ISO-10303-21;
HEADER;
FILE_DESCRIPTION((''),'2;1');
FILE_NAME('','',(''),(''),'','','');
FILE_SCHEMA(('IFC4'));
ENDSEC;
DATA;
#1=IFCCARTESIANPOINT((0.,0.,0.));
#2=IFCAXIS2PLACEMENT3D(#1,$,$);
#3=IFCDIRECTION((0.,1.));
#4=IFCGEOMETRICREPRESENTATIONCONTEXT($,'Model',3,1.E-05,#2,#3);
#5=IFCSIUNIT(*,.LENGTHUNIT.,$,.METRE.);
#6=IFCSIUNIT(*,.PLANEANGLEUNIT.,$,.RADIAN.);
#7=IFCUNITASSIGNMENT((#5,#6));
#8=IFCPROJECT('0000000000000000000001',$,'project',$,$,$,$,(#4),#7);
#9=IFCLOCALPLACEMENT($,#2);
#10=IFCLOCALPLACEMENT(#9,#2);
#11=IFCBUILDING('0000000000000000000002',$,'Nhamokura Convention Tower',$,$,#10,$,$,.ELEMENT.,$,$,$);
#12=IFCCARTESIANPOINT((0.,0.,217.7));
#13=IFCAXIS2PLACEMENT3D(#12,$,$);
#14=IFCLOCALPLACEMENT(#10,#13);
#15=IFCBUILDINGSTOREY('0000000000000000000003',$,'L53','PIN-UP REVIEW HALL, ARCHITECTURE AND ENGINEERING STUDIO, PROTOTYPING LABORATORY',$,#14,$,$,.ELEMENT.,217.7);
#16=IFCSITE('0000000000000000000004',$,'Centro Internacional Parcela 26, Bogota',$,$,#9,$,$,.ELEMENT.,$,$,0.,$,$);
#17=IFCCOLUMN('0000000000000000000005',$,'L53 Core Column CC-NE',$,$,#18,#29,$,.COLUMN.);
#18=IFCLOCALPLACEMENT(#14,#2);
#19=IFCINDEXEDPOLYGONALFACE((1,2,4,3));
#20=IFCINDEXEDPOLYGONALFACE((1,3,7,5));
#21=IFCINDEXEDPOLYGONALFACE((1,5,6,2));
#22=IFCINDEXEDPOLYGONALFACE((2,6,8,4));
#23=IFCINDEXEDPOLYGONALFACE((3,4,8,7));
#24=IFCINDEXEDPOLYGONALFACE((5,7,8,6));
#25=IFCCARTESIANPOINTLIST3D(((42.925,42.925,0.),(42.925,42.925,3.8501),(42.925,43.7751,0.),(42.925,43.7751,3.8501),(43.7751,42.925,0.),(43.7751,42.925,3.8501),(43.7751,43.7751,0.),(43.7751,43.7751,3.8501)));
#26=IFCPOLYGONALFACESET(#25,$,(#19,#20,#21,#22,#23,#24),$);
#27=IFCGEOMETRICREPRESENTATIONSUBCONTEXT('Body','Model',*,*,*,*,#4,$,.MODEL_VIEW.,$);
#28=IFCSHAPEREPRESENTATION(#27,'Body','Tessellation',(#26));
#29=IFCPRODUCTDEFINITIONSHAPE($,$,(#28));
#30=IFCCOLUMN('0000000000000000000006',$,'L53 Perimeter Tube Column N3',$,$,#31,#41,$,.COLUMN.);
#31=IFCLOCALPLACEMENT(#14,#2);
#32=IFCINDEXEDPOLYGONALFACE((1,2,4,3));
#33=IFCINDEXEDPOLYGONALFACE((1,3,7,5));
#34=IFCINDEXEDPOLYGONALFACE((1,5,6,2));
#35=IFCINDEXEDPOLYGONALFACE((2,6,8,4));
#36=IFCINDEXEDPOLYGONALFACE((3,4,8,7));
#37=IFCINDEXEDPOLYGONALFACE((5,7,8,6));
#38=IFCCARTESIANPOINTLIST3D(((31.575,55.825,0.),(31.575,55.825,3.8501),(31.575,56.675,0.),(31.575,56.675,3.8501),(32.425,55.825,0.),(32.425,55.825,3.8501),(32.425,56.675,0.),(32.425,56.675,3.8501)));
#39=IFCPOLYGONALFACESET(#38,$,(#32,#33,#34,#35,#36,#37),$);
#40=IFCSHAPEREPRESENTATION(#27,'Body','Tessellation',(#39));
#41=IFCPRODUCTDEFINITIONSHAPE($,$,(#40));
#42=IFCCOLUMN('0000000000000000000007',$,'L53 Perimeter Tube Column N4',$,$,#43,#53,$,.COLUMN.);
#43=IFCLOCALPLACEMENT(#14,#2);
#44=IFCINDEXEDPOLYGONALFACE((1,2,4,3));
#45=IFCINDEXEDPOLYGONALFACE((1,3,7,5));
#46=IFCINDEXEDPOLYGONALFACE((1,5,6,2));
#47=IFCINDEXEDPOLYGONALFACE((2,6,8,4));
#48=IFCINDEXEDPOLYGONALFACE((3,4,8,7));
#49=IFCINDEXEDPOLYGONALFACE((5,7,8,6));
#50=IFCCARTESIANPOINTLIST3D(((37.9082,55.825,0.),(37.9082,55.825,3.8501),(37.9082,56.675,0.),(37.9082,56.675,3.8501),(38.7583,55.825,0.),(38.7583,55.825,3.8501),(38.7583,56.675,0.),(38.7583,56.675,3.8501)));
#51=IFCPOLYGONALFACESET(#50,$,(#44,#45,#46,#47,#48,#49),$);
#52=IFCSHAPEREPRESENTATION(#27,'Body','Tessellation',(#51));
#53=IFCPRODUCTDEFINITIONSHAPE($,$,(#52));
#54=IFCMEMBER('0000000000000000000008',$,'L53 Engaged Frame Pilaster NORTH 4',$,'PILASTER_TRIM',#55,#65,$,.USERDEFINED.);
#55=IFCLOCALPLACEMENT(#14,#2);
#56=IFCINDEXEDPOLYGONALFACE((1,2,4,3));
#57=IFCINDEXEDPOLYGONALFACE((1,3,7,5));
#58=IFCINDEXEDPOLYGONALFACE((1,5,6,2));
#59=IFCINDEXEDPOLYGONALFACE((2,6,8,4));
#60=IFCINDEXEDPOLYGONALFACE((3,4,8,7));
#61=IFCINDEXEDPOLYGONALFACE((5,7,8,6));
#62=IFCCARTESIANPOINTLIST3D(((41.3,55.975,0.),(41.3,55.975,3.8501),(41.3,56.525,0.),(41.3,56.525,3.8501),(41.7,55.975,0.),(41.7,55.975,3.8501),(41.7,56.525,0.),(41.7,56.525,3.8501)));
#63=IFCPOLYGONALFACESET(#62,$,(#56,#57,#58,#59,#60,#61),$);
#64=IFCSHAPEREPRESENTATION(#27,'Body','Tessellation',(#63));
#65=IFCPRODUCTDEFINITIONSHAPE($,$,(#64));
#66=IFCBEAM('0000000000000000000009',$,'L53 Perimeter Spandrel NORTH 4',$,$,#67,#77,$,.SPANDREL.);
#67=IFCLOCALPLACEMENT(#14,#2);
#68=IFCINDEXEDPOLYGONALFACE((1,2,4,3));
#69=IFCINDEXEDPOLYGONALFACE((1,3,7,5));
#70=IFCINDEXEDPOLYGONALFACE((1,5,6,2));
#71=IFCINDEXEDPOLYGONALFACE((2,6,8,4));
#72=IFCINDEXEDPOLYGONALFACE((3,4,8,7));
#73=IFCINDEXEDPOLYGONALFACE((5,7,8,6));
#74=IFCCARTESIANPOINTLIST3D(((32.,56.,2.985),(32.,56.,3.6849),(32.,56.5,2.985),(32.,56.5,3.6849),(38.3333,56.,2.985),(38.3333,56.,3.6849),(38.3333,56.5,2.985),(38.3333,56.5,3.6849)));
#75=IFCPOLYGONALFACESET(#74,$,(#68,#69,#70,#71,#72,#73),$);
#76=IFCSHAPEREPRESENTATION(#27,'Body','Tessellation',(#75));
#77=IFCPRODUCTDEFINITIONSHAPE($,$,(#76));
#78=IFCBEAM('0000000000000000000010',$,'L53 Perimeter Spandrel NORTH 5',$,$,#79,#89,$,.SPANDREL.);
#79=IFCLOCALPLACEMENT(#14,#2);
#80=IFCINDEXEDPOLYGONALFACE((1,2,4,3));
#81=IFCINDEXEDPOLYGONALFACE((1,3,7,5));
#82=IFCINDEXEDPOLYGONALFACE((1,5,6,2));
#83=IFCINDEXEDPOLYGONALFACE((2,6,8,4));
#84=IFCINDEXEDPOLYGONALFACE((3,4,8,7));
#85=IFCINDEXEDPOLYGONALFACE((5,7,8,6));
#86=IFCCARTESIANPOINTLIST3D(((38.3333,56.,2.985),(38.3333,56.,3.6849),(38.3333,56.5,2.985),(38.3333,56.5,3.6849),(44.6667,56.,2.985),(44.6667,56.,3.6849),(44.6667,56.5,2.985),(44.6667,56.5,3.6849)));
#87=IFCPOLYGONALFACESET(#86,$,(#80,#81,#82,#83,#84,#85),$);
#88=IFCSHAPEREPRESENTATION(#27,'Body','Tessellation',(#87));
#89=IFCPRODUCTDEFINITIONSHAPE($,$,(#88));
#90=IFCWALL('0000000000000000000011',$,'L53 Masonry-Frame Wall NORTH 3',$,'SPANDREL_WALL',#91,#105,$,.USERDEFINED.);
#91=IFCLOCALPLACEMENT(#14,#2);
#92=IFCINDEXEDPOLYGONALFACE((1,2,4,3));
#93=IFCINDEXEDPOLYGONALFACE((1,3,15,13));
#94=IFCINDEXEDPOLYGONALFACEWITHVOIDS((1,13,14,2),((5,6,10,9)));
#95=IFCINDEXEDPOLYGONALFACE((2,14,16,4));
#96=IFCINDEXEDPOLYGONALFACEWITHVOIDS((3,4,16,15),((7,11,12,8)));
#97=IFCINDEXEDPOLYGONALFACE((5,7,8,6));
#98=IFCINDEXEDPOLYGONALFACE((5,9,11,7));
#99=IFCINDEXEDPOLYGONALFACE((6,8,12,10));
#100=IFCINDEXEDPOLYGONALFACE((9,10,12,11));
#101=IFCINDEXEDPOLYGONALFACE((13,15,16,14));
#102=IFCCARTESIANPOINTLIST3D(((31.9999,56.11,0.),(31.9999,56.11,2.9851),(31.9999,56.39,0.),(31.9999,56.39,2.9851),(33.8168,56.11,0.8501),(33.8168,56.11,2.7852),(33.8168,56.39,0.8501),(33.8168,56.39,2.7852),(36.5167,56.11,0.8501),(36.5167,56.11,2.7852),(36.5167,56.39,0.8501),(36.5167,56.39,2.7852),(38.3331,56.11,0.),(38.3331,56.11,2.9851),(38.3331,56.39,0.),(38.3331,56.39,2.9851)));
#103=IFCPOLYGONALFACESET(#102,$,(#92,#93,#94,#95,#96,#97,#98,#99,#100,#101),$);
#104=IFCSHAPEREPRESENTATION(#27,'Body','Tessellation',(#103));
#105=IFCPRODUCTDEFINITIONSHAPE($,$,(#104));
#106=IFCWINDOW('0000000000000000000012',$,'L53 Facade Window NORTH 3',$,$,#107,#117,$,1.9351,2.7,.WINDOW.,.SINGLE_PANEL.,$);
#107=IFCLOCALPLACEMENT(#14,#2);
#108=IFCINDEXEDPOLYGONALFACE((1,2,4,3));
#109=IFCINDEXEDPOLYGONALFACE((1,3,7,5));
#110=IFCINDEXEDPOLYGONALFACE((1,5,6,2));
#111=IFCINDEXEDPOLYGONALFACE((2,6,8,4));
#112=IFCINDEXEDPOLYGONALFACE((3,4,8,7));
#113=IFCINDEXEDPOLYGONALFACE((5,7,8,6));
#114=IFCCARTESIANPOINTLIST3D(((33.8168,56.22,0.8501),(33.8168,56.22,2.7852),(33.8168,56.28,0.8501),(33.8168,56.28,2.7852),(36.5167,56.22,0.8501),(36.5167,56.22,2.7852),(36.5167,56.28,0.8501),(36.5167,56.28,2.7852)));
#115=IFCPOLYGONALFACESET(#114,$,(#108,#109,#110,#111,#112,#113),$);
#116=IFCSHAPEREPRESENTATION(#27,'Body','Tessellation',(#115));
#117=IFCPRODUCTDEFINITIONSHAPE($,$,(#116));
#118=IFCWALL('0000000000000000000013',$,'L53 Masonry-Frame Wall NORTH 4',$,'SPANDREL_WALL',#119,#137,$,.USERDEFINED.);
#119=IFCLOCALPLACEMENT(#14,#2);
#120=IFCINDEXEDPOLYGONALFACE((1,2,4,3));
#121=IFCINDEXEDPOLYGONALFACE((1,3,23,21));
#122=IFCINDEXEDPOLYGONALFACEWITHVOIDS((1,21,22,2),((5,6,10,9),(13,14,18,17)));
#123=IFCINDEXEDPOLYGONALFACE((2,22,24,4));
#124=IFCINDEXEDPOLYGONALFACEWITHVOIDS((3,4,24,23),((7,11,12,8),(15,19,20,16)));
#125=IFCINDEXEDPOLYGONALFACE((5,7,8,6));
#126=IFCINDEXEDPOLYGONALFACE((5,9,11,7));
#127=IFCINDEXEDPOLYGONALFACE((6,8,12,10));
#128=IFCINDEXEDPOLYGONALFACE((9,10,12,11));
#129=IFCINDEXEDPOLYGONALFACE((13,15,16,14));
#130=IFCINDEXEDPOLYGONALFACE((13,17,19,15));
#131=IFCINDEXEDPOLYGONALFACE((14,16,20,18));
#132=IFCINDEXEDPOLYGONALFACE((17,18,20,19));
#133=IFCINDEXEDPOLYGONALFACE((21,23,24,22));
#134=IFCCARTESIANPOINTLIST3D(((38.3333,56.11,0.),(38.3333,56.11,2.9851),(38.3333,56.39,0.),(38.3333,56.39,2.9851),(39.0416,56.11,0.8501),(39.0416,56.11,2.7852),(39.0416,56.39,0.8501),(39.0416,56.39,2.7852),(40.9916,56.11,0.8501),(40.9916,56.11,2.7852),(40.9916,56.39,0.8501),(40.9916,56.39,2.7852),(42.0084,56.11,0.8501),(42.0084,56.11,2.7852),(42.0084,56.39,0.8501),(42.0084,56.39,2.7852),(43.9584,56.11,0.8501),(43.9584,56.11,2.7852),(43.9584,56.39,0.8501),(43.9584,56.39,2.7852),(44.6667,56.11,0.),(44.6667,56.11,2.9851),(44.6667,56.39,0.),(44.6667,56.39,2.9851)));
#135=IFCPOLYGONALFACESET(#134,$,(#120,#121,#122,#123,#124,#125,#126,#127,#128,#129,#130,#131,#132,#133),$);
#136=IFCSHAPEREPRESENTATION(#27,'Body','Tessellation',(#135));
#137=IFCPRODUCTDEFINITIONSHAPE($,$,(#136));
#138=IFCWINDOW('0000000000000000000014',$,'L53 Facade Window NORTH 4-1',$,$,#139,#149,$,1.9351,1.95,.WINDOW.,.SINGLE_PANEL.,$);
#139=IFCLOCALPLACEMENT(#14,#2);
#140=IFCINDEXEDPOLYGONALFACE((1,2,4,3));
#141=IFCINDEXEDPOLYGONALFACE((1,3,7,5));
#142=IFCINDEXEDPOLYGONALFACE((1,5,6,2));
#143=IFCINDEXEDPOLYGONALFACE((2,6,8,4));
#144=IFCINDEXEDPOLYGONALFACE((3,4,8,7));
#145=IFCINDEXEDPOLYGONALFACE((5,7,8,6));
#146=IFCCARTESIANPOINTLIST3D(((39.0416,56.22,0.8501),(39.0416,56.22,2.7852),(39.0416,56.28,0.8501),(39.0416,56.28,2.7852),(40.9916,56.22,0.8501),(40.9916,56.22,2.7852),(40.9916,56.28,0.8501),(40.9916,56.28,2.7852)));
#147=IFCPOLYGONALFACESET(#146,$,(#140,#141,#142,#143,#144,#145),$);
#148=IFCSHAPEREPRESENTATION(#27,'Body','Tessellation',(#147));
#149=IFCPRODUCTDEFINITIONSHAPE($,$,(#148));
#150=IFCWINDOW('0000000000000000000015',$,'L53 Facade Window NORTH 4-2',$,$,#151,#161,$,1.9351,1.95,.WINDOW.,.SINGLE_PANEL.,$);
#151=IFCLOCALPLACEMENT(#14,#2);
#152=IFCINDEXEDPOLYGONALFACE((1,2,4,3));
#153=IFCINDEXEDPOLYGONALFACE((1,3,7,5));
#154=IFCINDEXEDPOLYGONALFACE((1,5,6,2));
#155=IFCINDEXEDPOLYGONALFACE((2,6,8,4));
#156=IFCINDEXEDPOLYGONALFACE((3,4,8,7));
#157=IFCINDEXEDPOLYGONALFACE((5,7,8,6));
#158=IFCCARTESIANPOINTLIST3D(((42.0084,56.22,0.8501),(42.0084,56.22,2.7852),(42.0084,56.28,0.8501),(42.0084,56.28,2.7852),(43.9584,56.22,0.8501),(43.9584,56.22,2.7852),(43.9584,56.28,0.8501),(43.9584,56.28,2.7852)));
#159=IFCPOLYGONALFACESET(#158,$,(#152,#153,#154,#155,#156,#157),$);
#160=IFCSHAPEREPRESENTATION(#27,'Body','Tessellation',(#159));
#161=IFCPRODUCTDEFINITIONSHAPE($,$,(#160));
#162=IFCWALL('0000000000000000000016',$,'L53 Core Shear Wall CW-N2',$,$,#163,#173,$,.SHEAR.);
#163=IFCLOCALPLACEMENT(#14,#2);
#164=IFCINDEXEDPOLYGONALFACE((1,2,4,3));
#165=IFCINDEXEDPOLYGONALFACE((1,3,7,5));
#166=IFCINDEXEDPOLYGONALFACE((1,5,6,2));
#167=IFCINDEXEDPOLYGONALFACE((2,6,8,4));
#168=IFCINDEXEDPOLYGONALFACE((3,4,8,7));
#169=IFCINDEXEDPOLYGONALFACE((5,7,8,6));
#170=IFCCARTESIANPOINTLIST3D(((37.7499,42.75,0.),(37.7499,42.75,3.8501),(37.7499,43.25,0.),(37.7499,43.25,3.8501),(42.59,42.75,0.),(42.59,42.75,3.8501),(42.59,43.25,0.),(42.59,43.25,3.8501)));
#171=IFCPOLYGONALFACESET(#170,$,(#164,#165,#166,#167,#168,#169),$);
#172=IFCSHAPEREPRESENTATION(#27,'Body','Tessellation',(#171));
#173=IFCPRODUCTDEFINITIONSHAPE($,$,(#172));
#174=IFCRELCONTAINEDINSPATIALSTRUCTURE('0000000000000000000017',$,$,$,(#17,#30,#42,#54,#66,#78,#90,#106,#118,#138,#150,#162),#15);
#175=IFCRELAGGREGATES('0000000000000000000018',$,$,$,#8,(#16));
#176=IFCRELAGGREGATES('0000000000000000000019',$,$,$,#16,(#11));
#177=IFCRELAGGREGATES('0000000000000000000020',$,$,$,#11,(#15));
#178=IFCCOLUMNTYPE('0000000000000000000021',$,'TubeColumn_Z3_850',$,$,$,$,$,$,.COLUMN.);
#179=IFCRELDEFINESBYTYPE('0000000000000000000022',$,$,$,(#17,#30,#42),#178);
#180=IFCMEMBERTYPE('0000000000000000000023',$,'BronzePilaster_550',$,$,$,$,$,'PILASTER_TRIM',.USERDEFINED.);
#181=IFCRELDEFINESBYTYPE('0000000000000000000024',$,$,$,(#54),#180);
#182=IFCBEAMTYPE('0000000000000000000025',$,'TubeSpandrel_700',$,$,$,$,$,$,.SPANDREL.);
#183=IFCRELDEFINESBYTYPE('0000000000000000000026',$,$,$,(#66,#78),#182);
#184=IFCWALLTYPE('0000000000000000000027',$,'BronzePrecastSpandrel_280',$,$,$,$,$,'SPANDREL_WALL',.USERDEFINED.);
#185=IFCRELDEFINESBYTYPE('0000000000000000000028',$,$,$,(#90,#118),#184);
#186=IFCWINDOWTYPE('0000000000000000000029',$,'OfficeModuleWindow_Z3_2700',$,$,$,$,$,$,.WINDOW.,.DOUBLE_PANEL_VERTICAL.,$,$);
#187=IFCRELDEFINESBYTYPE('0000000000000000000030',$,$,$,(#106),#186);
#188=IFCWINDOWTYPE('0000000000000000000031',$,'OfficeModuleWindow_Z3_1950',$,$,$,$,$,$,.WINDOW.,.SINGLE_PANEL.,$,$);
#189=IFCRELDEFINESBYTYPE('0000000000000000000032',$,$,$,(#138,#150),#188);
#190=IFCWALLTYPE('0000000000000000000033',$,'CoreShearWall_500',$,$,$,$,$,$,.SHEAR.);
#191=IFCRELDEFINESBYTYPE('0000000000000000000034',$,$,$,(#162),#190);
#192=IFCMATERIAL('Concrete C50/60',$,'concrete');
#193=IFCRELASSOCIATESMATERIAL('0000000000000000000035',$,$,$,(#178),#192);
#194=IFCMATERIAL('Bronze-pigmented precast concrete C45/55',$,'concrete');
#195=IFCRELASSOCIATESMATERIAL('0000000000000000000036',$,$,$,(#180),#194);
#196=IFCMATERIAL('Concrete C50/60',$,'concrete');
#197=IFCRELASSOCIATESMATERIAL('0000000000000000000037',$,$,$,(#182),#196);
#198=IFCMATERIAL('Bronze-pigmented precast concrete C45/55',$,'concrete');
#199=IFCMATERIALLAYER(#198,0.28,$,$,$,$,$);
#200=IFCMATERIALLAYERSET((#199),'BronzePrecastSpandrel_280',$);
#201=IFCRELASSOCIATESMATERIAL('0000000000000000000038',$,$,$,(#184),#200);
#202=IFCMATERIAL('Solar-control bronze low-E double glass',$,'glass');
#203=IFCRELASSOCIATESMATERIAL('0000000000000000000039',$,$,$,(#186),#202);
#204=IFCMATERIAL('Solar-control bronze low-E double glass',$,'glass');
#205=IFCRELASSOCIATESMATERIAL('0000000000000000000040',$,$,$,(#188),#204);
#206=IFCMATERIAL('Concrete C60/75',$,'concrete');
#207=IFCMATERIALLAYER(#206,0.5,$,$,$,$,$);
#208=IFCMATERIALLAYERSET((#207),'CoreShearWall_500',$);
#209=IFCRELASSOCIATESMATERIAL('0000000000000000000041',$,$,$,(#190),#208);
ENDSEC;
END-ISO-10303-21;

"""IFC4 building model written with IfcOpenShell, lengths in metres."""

from ifc_helpers import new_model, si_unit, direction, frame, frame_2d, origin, origin_2d, place, context, subcontext, project, spatial, rectangle, extrude, material, layer, layer_set, material_profile, profile_set, type_object, element, fill, save


model = new_model("IFC4")

# Units and contexts
model_context = context("Model", 3, precision=1e-05, world=origin(), true_north=direction((0.0, 1.0)))
body_context = subcontext(model_context, "Body", "Model", "MODEL_VIEW")
ifc_project = project(units=[si_unit("LENGTHUNIT", "METRE"), si_unit("PLANEANGLEUNIT", "RADIAN")], contexts=[model_context])

# Site, building, storey
site_placement = place(None, origin())
site = spatial("IfcSite", under=ifc_project, at=site_placement, Name="Centro Internacional Parcela 26, Bogota", CompositionType="ELEMENT", RefElevation=0.0)
building_placement = place(site_placement, origin())
building = spatial("IfcBuilding", under=site, at=building_placement, Name="Nhamokura Convention Tower", CompositionType="ELEMENT")
storey_placement = place(building_placement, frame((0.0, 0.0, 217.7)))
storey = spatial("IfcBuildingStorey", under=building, at=storey_placement, Name="L53", Description="PIN-UP REVIEW HALL, ARCHITECTURE AND ENGINEERING STUDIO, PROTOTYPING LABORATORY", CompositionType="ELEMENT", Elevation=217.7)

# Columns
ifc_material_1 = material(Name="Concrete C50/60", Category="concrete")
ifc_material_profile_1 = material_profile(ifc_material_1, rectangle(XDim=0.8501, YDim=0.8501, at=origin_2d()))
ifc_profile_set_1 = profile_set([ifc_material_profile_1], Name="Concrete C50/60")
column_type = type_object("IfcColumnType", Name="TubeColumn_Z3_850", PredefinedType="COLUMN", material=ifc_profile_set_1)
for number, where, z_axis, x_axis, name in (
    (1, (43.3501, 43.3501, 0.0), (0.0, 0.0, 1.0), (1.0, 0.0, 0.0), "L53 Core Column CC-NE"),
    (2, (32.0, 56.25, 0.0), (0.0, 0.0, 1.0), (1.0, 0.0, 0.0), "L53 Perimeter Tube Column N3"),
    (3, (38.3333, 56.25, 0.0), (0.0, 0.0, 1.0), (1.0, 0.0, 0.0), "L53 Perimeter Tube Column N4"),
):
    element("IfcColumn", number, at=place(storey_placement, frame(where, z_axis=z_axis, x_axis=x_axis)), inside=storey, type_object=column_type, Name=name, PredefinedType="COLUMN", context=body_context, shape_type="SweptSolid", body=[
        extrude(rectangle(XDim=0.8501, YDim=0.8501, at=origin_2d()), origin(), (0.0, 0.0, 1.0), 3.8501),
    ])

# Member
ifc_material_2 = material(Name="Bronze-pigmented precast concrete C45/55", Category="concrete")
ifc_material_profile_2 = material_profile(ifc_material_2, rectangle(XDim=0.3999, YDim=0.55, at=origin_2d()))
ifc_profile_set_2 = profile_set([ifc_material_profile_2], Name="Bronze-pigmented precast concrete C45/55")
member_type = type_object("IfcMemberType", Name="BronzePilaster_550", ElementType="PILASTER_TRIM", PredefinedType="USERDEFINED", material=ifc_profile_set_2)
member_placement = place(storey_placement, frame((41.5, 56.25, 0.0), z_axis=(0.0, 0.0, 1.0), x_axis=(1.0, 0.0, 0.0)))
element("IfcMember", 4, at=member_placement, inside=storey, type_object=member_type, Name="L53 Engaged Frame Pilaster NORTH 4", ObjectType="PILASTER_TRIM", PredefinedType="USERDEFINED", context=body_context, shape_type="SweptSolid", body=[
    extrude(rectangle(XDim=0.3999, YDim=0.55, at=origin_2d()), origin(), (0.0, 0.0, 1.0), 3.8501),
])

# Beams
ifc_material_3 = material(Name="Concrete C50/60", Category="concrete")
ifc_material_profile_3 = material_profile(ifc_material_3, rectangle(XDim=0.5, YDim=0.7, at=origin_2d()))
ifc_profile_set_3 = profile_set([ifc_material_profile_3], Name="Concrete C50/60")
beam_type = type_object("IfcBeamType", Name="TubeSpandrel_700", PredefinedType="SPANDREL", material=ifc_profile_set_3)
beam_1_placement = place(storey_placement, frame((32.0, 56.25, 3.335), z_axis=(1.0, 0.0, 0.0), x_axis=(0.0, 1.0, 0.0)))
element("IfcBeam", 5, at=beam_1_placement, inside=storey, type_object=beam_type, Name="L53 Perimeter Spandrel NORTH 4", PredefinedType="SPANDREL", context=body_context, shape_type="SweptSolid", body=[
    extrude(rectangle(XDim=0.5, YDim=0.7, at=origin_2d()), origin(), (0.0, 0.0, 1.0), 6.3333),
])
beam_2_placement = place(storey_placement, frame((38.3333, 56.25, 3.335), z_axis=(1.0, 0.0, 0.0), x_axis=(0.0, 1.0, 0.0)))
element("IfcBeam", 6, at=beam_2_placement, inside=storey, type_object=beam_type, Name="L53 Perimeter Spandrel NORTH 5", PredefinedType="SPANDREL", context=body_context, shape_type="SweptSolid", body=[
    extrude(rectangle(XDim=0.5, YDim=0.7, at=origin_2d()), origin(), (0.0, 0.0, 1.0), 6.3335),
])

# Wall, opening, window
ifc_material_4 = material(Name="Bronze-pigmented precast concrete C45/55", Category="concrete")
ifc_layer_1 = layer(ifc_material_4, 0.28)
ifc_layer_set_1 = layer_set([ifc_layer_1], Name="BronzePrecastSpandrel_280")
wall_type_1 = type_object("IfcWallType", Name="BronzePrecastSpandrel_280", ElementType="SPANDREL_WALL", PredefinedType="USERDEFINED", material=ifc_layer_set_1)
wall_1_placement = place(storey_placement, frame((32.0, 56.25, 0.0), z_axis=(0.0, 0.0, 1.0), x_axis=(1.0, 0.0, 0.0)))
wall_1 = element("IfcWall", 7, at=wall_1_placement, inside=storey, type_object=wall_type_1, Name="L53 Masonry-Frame Wall NORTH 3", ObjectType="SPANDREL_WALL", PredefinedType="USERDEFINED", context=body_context, shape_type="SweptSolid", body=[
    extrude(rectangle(XDim=6.3333, YDim=0.28, at=frame_2d((3.1665, 0.0))), origin(), (0.0, 0.0, 1.0), 2.9851),
])
opening_1_placement = place(wall_1_placement, frame((1.8167, 0.0, 0.8501)))
opening_1 = element("IfcOpeningElement", 8, at=opening_1_placement, cuts=wall_1, PredefinedType="OPENING", context=body_context, shape_type="SweptSolid", body=[
    extrude(rectangle(XDim=2.7, YDim=1.9351, at=frame_2d((1.3501, 0.9675))), frame((0.0, 0.1499, 0.0), z_axis=(0.0, -1.0, 0.0), x_axis=(1.0, 0.0, 0.0)), (0.0, 0.0, 1.0), 0.3),
])
ifc_material_5 = material(Name="Solar-control bronze low-E double glass", Category="glass")
window_type_1 = type_object("IfcWindowType", Name="OfficeModuleWindow_Z3_2700", PartitioningType="DOUBLE_PANEL_VERTICAL", PredefinedType="WINDOW", material=ifc_material_5)
window_1_placement = place(opening_1_placement, origin())
window_1 = element("IfcWindow", 9, at=window_1_placement, inside=storey, type_object=window_type_1, Name="L53 Facade Window NORTH 3", OverallHeight=1.9351, OverallWidth=2.7, PartitioningType="SINGLE_PANEL", PredefinedType="WINDOW", context=body_context, shape_type="SweptSolid", body=[
    extrude(rectangle(XDim=2.7, YDim=1.9351, at=frame_2d((1.3501, 0.9675))), frame((0.0, 0.03, 0.0), z_axis=(0.0, -1.0, 0.0), x_axis=(1.0, 0.0, 0.0)), (0.0, 0.0, 1.0), 0.0601),
])
fill(opening_1, window_1)

# Wall, openings, windows
wall_2_placement = place(storey_placement, frame((38.3333, 56.25, 0.0), z_axis=(0.0, 0.0, 1.0), x_axis=(1.0, 0.0, 0.0)))
wall_2 = element("IfcWall", 10, at=wall_2_placement, inside=storey, type_object=wall_type_1, Name="L53 Masonry-Frame Wall NORTH 4", ObjectType="SPANDREL_WALL", PredefinedType="USERDEFINED", context=body_context, shape_type="SweptSolid", body=[
    extrude(rectangle(XDim=6.3335, YDim=0.28, at=frame_2d((3.1667, 0.0))), origin(), (0.0, 0.0, 1.0), 2.9851),
])
opening_2_placement = place(wall_2_placement, frame((0.7083, 0.0, 0.8501)))
opening_2 = element("IfcOpeningElement", 11, at=opening_2_placement, cuts=wall_2, PredefinedType="OPENING", context=body_context, shape_type="SweptSolid", body=[
    extrude(rectangle(XDim=1.95, YDim=1.9351, at=frame_2d((0.9751, 0.9675))), frame((0.0, 0.1499, 0.0), z_axis=(0.0, -1.0, 0.0), x_axis=(1.0, 0.0, 0.0)), (0.0, 0.0, 1.0), 0.3),
])
opening_3_placement = place(wall_2_placement, frame((3.675, 0.0, 0.8501)))
opening_3 = element("IfcOpeningElement", 12, at=opening_3_placement, cuts=wall_2, PredefinedType="OPENING", context=body_context, shape_type="SweptSolid", body=[
    extrude(rectangle(XDim=1.95, YDim=1.9351, at=frame_2d((0.9751, 0.9675))), frame((0.0, 0.1499, 0.0), z_axis=(0.0, -1.0, 0.0), x_axis=(1.0, 0.0, 0.0)), (0.0, 0.0, 1.0), 0.3),
])
ifc_material_6 = material(Name="Solar-control bronze low-E double glass", Category="glass")
window_type_2 = type_object("IfcWindowType", Name="OfficeModuleWindow_Z3_1950", PartitioningType="SINGLE_PANEL", PredefinedType="WINDOW", material=ifc_material_6)
window_2_placement = place(opening_2_placement, origin())
window_2 = element("IfcWindow", 13, at=window_2_placement, inside=storey, type_object=window_type_2, Name="L53 Facade Window NORTH 4-1", OverallHeight=1.9351, OverallWidth=1.95, PartitioningType="SINGLE_PANEL", PredefinedType="WINDOW", context=body_context, shape_type="SweptSolid", body=[
    extrude(rectangle(XDim=1.95, YDim=1.9351, at=frame_2d((0.9751, 0.9675))), frame((0.0, 0.03, 0.0), z_axis=(0.0, -1.0, 0.0), x_axis=(1.0, 0.0, 0.0)), (0.0, 0.0, 1.0), 0.0601),
])
fill(opening_2, window_2)
window_3_placement = place(opening_3_placement, origin())
window_3 = element("IfcWindow", 14, at=window_3_placement, inside=storey, type_object=window_type_2, Name="L53 Facade Window NORTH 4-2", OverallHeight=1.9351, OverallWidth=1.95, PartitioningType="SINGLE_PANEL", PredefinedType="WINDOW", context=body_context, shape_type="SweptSolid", body=[
    extrude(rectangle(XDim=1.95, YDim=1.9351, at=frame_2d((0.9751, 0.9675))), frame((0.0, 0.03, 0.0), z_axis=(0.0, -1.0, 0.0), x_axis=(1.0, 0.0, 0.0)), (0.0, 0.0, 1.0), 0.0601),
])
fill(opening_3, window_3)

# Wall
ifc_material_7 = material(Name="Concrete C60/75", Category="concrete")
ifc_layer_2 = layer(ifc_material_7, 0.5)
ifc_layer_set_2 = layer_set([ifc_layer_2], Name="CoreShearWall_500")
wall_type_2 = type_object("IfcWallType", Name="CoreShearWall_500", PredefinedType="SHEAR", material=ifc_layer_set_2)
wall_3_placement = place(storey_placement, frame((37.75, 43.0, 0.0), z_axis=(0.0, 0.0, 1.0), x_axis=(1.0, 0.0, 0.0)))
element("IfcWall", 15, at=wall_3_placement, inside=storey, type_object=wall_type_2, Name="L53 Core Shear Wall CW-N2", PredefinedType="SHEAR", context=body_context, shape_type="SweptSolid", body=[
    extrude(rectangle(XDim=4.8401, YDim=0.5, at=frame_2d((2.4199, 0.0))), origin(), (0.0, 0.0, 1.0), 3.8501),
])

save(model, "model.ifc")
